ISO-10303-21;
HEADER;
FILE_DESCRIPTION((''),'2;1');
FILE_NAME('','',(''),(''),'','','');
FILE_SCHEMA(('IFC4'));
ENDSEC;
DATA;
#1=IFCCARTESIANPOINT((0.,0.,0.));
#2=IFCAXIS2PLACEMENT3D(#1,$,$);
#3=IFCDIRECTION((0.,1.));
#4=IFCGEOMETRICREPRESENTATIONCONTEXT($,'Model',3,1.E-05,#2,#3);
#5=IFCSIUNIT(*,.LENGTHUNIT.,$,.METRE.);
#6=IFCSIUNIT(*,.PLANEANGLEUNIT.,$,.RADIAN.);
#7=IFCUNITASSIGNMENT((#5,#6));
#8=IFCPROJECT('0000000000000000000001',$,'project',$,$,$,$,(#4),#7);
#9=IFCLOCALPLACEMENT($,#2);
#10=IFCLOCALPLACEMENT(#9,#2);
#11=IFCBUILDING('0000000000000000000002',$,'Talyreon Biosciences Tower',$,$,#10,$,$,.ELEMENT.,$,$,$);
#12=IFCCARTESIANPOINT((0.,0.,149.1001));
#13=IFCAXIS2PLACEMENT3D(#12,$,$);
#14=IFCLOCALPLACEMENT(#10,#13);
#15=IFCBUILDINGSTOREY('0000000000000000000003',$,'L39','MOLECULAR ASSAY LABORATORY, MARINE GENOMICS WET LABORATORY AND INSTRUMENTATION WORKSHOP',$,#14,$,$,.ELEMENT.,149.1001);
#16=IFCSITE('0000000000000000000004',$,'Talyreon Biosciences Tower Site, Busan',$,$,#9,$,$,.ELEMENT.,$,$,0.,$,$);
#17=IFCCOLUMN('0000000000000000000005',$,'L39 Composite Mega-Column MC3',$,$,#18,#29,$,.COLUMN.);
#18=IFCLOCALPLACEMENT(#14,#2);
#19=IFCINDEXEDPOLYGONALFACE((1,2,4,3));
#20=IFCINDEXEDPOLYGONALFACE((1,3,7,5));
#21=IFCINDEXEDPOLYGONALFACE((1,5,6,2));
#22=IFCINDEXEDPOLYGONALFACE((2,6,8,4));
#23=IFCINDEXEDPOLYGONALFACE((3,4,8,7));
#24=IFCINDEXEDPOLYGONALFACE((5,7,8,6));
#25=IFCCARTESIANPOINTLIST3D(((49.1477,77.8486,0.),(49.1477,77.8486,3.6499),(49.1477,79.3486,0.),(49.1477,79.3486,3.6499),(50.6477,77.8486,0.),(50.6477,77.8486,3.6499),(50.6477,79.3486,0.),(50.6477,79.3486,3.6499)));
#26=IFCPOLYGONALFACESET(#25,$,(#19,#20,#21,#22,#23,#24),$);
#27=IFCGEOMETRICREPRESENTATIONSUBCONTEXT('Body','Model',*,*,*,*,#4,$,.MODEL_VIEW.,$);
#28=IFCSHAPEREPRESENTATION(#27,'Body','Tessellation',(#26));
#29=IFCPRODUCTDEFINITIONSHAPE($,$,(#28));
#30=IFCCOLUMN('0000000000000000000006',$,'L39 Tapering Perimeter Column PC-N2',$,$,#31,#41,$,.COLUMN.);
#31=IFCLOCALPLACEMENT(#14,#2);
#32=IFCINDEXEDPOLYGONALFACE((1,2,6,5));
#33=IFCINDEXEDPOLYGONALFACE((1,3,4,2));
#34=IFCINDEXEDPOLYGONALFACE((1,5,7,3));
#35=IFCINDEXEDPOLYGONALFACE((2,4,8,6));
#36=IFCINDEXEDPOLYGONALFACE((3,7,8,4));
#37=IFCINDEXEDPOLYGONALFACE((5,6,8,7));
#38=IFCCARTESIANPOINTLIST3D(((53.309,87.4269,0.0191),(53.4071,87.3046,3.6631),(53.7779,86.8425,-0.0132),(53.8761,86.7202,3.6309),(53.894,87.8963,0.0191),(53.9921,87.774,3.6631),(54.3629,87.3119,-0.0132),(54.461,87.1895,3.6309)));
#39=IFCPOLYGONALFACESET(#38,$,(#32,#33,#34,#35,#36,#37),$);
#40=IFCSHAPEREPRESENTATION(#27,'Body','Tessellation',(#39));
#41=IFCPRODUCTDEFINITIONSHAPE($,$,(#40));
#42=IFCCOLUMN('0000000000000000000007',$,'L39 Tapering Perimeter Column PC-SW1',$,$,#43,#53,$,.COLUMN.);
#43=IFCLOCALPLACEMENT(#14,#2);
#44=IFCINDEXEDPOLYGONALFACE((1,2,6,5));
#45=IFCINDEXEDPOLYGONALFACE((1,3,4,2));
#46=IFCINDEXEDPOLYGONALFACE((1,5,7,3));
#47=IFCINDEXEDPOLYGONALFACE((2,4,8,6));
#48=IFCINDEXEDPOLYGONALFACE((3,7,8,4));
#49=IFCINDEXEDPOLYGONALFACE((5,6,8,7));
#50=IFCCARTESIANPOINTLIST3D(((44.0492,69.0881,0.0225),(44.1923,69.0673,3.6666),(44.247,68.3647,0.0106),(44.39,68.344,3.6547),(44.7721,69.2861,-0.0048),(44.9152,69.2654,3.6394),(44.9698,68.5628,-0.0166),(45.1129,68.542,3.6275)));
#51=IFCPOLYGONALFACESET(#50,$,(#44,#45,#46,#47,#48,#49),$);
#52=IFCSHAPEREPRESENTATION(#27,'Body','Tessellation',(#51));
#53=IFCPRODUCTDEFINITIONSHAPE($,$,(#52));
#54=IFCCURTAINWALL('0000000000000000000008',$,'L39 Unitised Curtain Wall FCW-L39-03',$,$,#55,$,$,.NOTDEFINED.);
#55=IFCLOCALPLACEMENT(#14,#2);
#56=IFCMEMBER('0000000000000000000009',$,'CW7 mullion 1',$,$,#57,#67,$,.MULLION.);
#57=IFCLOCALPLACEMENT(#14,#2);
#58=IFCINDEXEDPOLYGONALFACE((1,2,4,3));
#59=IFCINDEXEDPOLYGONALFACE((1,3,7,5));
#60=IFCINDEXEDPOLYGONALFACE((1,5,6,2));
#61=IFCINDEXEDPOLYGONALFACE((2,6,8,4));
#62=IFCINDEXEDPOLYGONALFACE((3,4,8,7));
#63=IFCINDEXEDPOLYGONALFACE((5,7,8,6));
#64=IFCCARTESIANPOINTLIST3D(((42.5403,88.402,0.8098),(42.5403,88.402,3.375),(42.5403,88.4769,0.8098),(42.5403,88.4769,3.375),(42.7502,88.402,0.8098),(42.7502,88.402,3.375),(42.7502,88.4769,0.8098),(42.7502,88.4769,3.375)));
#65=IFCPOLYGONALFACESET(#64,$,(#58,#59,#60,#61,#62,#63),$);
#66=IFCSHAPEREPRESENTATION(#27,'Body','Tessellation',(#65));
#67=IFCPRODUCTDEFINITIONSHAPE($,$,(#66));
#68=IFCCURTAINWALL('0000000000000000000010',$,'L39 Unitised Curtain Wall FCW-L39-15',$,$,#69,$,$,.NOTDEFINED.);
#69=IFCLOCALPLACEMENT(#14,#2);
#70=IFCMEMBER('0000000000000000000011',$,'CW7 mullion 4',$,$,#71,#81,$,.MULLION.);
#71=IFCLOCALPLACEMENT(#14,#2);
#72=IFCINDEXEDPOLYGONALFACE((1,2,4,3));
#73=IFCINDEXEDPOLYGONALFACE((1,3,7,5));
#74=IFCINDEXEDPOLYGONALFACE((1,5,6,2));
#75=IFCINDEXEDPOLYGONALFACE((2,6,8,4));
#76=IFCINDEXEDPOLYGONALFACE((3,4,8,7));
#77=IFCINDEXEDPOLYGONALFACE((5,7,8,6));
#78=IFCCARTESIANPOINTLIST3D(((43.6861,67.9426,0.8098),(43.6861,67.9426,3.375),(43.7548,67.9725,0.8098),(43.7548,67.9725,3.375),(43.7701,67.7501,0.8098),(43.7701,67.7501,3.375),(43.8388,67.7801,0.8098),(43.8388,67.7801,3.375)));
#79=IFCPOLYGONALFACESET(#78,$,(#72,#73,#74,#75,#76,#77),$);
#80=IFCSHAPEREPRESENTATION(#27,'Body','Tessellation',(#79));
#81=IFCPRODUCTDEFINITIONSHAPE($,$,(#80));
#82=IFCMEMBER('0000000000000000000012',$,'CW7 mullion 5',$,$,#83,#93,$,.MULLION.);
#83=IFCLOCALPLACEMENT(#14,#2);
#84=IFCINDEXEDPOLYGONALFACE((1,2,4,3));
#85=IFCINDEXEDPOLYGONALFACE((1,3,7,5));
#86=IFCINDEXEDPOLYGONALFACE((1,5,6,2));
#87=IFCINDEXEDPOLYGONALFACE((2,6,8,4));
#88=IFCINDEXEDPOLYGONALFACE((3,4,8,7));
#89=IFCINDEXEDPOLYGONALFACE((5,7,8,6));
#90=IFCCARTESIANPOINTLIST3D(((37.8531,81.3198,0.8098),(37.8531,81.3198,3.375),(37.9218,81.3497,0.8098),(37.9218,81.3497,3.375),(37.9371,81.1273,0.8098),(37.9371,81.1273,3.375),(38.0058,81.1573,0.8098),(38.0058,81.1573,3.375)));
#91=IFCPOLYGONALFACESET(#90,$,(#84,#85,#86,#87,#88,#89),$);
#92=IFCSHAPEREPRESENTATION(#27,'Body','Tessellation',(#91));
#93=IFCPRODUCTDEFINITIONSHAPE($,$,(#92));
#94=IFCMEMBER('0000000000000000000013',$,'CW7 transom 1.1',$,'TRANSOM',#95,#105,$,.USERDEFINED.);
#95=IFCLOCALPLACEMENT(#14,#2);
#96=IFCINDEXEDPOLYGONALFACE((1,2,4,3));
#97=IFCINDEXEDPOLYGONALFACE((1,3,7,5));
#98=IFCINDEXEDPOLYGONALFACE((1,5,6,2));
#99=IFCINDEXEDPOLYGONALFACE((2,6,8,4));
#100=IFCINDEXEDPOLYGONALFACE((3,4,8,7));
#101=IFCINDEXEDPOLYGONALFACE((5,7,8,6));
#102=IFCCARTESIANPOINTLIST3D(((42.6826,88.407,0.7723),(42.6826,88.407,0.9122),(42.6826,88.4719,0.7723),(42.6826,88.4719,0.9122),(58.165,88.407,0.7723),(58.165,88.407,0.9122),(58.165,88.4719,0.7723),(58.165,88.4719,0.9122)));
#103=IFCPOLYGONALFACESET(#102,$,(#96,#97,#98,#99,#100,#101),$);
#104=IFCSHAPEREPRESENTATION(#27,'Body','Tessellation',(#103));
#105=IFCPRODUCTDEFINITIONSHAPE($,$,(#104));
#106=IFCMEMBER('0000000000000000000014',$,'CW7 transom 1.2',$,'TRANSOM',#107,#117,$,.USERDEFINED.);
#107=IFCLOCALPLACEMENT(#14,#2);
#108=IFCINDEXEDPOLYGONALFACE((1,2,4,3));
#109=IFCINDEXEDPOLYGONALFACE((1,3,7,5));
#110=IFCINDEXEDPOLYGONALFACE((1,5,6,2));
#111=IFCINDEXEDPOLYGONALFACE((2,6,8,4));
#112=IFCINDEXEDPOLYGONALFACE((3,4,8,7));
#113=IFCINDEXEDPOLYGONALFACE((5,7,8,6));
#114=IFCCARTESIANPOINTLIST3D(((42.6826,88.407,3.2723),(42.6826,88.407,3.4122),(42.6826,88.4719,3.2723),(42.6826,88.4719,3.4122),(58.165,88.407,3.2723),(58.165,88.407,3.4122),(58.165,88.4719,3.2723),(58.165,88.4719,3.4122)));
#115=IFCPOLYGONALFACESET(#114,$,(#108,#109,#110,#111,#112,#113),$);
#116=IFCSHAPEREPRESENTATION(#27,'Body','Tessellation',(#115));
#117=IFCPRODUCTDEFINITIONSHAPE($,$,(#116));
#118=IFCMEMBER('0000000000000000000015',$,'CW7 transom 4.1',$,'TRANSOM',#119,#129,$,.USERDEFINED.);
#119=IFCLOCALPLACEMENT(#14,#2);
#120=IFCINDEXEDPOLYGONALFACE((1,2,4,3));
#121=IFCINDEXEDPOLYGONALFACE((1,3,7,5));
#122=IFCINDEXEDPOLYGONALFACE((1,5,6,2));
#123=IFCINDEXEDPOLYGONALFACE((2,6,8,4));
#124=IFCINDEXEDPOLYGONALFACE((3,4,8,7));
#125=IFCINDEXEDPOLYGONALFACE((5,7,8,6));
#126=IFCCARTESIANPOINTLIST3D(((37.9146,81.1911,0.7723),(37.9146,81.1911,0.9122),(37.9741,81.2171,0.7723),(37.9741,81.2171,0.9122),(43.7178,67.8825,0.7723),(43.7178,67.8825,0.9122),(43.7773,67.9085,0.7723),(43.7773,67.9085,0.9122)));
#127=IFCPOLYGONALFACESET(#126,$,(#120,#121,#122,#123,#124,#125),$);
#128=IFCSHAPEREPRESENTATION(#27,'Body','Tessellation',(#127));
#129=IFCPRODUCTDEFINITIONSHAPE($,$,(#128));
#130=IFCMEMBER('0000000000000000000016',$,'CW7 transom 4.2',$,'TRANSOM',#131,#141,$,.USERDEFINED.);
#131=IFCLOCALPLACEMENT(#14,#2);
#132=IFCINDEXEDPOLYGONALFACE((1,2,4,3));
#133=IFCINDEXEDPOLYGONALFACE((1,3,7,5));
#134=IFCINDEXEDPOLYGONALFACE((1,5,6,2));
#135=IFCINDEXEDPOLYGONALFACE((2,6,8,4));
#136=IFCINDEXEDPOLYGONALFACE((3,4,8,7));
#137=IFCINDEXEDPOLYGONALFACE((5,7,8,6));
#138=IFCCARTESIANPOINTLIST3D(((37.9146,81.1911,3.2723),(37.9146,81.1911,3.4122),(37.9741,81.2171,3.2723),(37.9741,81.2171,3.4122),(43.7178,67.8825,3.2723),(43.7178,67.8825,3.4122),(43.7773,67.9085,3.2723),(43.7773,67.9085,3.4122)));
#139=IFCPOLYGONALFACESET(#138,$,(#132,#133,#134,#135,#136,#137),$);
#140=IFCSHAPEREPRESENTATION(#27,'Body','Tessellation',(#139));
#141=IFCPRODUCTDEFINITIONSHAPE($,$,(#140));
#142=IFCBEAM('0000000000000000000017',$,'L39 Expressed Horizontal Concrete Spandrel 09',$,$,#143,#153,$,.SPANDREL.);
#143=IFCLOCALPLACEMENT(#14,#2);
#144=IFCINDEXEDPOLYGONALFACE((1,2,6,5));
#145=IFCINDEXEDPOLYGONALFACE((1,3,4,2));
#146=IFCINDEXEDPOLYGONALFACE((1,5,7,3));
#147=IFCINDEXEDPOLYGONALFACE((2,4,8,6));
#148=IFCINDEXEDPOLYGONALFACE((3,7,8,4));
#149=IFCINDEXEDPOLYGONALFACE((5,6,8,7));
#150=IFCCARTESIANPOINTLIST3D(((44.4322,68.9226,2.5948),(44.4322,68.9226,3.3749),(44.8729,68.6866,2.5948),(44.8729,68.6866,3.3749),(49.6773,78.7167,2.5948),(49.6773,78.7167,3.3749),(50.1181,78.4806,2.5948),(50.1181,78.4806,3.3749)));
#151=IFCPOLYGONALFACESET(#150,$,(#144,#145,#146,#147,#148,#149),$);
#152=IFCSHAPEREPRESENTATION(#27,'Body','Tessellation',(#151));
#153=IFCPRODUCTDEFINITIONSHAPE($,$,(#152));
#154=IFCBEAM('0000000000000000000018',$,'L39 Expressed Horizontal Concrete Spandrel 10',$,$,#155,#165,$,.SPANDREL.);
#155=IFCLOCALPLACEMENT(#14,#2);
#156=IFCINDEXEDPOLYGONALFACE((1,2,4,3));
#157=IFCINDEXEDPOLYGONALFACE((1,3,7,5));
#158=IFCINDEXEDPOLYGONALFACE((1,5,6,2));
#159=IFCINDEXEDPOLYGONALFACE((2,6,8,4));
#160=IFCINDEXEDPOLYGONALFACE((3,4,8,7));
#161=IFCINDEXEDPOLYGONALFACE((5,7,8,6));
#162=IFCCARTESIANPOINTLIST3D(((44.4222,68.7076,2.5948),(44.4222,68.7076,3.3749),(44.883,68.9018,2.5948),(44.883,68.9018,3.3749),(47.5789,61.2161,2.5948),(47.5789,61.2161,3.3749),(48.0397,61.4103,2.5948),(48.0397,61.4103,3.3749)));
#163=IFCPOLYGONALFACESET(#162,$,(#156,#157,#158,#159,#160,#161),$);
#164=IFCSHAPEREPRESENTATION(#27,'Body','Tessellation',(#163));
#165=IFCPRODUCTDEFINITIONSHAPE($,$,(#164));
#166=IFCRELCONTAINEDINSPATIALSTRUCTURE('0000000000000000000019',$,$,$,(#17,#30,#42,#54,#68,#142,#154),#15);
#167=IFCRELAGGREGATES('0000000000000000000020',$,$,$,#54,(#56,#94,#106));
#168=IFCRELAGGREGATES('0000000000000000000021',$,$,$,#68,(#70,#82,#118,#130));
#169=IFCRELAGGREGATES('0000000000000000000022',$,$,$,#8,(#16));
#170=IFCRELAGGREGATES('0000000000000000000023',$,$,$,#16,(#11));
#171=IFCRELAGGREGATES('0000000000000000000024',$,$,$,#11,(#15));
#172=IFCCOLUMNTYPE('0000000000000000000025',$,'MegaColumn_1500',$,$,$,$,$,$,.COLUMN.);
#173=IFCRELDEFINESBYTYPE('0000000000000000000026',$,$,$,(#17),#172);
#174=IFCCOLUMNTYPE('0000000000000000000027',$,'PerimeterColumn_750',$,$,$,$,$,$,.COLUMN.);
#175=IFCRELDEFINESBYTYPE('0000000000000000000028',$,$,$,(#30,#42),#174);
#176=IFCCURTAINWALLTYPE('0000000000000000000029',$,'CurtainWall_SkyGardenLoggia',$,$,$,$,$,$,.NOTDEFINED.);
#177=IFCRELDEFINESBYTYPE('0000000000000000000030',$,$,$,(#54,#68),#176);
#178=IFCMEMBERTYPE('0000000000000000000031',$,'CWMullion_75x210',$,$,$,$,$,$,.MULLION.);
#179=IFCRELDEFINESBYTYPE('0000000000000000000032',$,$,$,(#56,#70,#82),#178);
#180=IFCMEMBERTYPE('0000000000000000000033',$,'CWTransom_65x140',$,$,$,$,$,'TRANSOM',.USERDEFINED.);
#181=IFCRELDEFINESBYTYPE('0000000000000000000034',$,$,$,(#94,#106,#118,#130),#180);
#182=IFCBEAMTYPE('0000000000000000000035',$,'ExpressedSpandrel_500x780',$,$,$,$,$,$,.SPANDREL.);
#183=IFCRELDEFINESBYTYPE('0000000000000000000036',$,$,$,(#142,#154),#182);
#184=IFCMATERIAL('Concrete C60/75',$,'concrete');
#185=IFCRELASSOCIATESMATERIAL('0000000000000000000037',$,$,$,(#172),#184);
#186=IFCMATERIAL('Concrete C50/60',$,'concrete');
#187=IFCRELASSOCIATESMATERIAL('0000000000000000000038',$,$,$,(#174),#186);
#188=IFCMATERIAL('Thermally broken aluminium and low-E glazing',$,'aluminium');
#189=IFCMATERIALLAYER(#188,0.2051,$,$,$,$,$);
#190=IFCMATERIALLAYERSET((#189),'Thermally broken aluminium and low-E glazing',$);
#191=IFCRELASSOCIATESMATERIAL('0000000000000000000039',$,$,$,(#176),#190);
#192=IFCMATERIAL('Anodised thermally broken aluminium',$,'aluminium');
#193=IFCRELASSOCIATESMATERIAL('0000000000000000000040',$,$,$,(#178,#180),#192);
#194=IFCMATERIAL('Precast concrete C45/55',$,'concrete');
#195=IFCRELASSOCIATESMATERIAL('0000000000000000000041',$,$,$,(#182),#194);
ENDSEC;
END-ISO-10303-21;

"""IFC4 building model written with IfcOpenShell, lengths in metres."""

from ifc_helpers import new_model, si_unit, direction, frame, origin, origin_2d, place, context, subcontext, project, spatial, rectangle, extrude, material, layer, layer_set, material_profile, profile_set, type_object, element, aggregate, save


model = new_model("IFC4")

# Units and contexts
model_context = context("Model", 3, precision=1e-05, world=origin(), true_north=direction((0.0, 1.0)))
body_context = subcontext(model_context, "Body", "Model", "MODEL_VIEW")
ifc_project = project(units=[si_unit("LENGTHUNIT", "METRE"), si_unit("PLANEANGLEUNIT", "RADIAN")], contexts=[model_context])

# Site, building, storey
site_placement = place(None, origin())
site = spatial("IfcSite", under=ifc_project, at=site_placement, Name="Talyreon Biosciences Tower Site, Busan", CompositionType="ELEMENT", RefElevation=0.0)
building_placement = place(site_placement, origin())
building = spatial("IfcBuilding", under=site, at=building_placement, Name="Talyreon Biosciences Tower", CompositionType="ELEMENT")
storey_placement = place(building_placement, frame((0.0, 0.0, 149.1001)))
storey = spatial("IfcBuildingStorey", under=building, at=storey_placement, Name="L39", Description="MOLECULAR ASSAY LABORATORY, MARINE GENOMICS WET LABORATORY AND INSTRUMENTATION WORKSHOP", CompositionType="ELEMENT", Elevation=149.1001)

# Columns
ifc_material_1 = material(Name="Concrete C60/75", Category="concrete")
ifc_material_profile_1 = material_profile(ifc_material_1, rectangle(XDim=1.5, YDim=1.5, at=origin_2d()), Name="RC 1500x1500")
ifc_profile_set_1 = profile_set([ifc_material_profile_1], Name="Concrete C60/75")
column_type_1 = type_object("IfcColumnType", Name="MegaColumn_1500", PredefinedType="COLUMN", material=ifc_profile_set_1)
column_1_placement = place(storey_placement, frame((49.8977, 78.5986, 0.0), z_axis=(0.0, 0.0, 1.0), x_axis=(1.0, 0.0, 0.0)))
element("IfcColumn", 1, at=column_1_placement, inside=storey, type_object=column_type_1, Name="L39 Composite Mega-Column MC3", PredefinedType="COLUMN", context=body_context, shape_type="SweptSolid", body=[
    extrude(rectangle(XDim=1.5, YDim=1.5, at=origin_2d()), origin(), (0.0, 0.0, 1.0), 3.6499),
])
ifc_material_2 = material(Name="Concrete C50/60", Category="concrete")
ifc_material_profile_2 = material_profile(ifc_material_2, rectangle(XDim=0.75, YDim=0.75, at=origin_2d()), Name="RC 750x750")
ifc_profile_set_2 = profile_set([ifc_material_profile_2], Name="Concrete C50/60")
column_type_2 = type_object("IfcColumnType", Name="PerimeterColumn_750", PredefinedType="COLUMN", material=ifc_profile_set_2)
column_2_placement = place(storey_placement, frame((53.8359, 87.3694, 0.0029), z_axis=(0.026908, -0.033535, 0.999075), x_axis=(-0.779957, -0.625834, 0.0)))
element("IfcColumn", 2, at=column_2_placement, inside=storey, type_object=column_type_2, Name="L39 Tapering Perimeter Column PC-N2", PredefinedType="COLUMN", context=body_context, shape_type="SweptSolid", body=[
    extrude(rectangle(XDim=0.75, YDim=0.75, at=origin_2d()), origin(), (0.0, 0.0, 1.0), 3.6475),
])
column_3_placement = place(storey_placement, frame((44.5095, 68.8254, 0.0029), z_axis=(0.039229, -0.00569, 0.999214), x_axis=(0.963818, 0.264073, -0.036336)))
element("IfcColumn", 3, at=column_3_placement, inside=storey, type_object=column_type_2, Name="L39 Tapering Perimeter Column PC-SW1", PredefinedType="COLUMN", context=body_context, shape_type="SweptSolid", body=[
    extrude(rectangle(XDim=0.75, YDim=0.75, at=origin_2d()), origin(), (0.0, 0.0, 1.0), 3.647),
])

# Curtain wall, member
ifc_material_3 = material(Name="Thermally broken aluminium and low-E glazing", Category="aluminium")
ifc_layer_1 = layer(ifc_material_3, 0.2051)
ifc_layer_set_1 = layer_set([ifc_layer_1], Name="Thermally broken aluminium and low-E glazing")
curtain_wall_type = type_object("IfcCurtainWallType", Name="CurtainWall_SkyGardenLoggia", PredefinedType="NOTDEFINED", material=ifc_layer_set_1)
curtain_wall_1_placement = place(storey_placement, origin())
curtain_wall_1 = element("IfcCurtainWall", 4, at=curtain_wall_1_placement, inside=storey, type_object=curtain_wall_type, Name="L39 Unitised Curtain Wall FCW-L39-03", PredefinedType="NOTDEFINED")
ifc_material_4 = material(Name="Anodised thermally broken aluminium", Category="aluminium")
ifc_material_profile_3 = material_profile(ifc_material_4, rectangle(XDim=0.075, YDim=0.21, at=origin_2d()), Name="ALUM MULLION 75x210")
ifc_profile_set_3 = profile_set([ifc_material_profile_3], Name="Anodised thermally broken aluminium")
member_type_1 = type_object("IfcMemberType", Name="CWMullion_75x210", PredefinedType="MULLION", material=ifc_profile_set_3)
member_1_placement = place(storey_placement, frame((42.6453, 88.4395, 0.8098), z_axis=(0.0, 0.0, 1.0), x_axis=(0.0, 1.0, 0.0)))
member_1 = element("IfcMember", 5, at=member_1_placement, type_object=member_type_1, Name="CW7 mullion 1", PredefinedType="MULLION", context=body_context, shape_type="SweptSolid", body=[
    extrude(rectangle(XDim=0.075, YDim=0.21, at=origin_2d()), origin(), (0.0, 0.0, 1.0), 2.5652),
])

# Curtain wall, members
curtain_wall_2_placement = place(storey_placement, origin())
curtain_wall_2 = element("IfcCurtainWall", 6, at=curtain_wall_2_placement, inside=storey, type_object=curtain_wall_type, Name="L39 Unitised Curtain Wall FCW-L39-15", PredefinedType="NOTDEFINED")
member_2_placement = place(storey_placement, frame((43.7625, 67.8613, 0.8098), z_axis=(0.0, 0.0, 1.0), x_axis=(-0.916647, -0.399698, 0.0)))
member_2 = element("IfcMember", 7, at=member_2_placement, type_object=member_type_1, Name="CW7 mullion 4", PredefinedType="MULLION", context=body_context, shape_type="SweptSolid", body=[
    extrude(rectangle(XDim=0.075, YDim=0.21, at=origin_2d()), origin(), (0.0, 0.0, 1.0), 2.5652),
])
member_3_placement = place(storey_placement, frame((37.9294, 81.2385, 0.8098), z_axis=(0.0, 0.0, 1.0), x_axis=(-0.916647, -0.399698, 0.0)))
member_3 = element("IfcMember", 8, at=member_3_placement, type_object=member_type_1, Name="CW7 mullion 5", PredefinedType="MULLION", context=body_context, shape_type="SweptSolid", body=[
    extrude(rectangle(XDim=0.075, YDim=0.21, at=origin_2d()), origin(), (0.0, 0.0, 1.0), 2.5652),
])

# Members
ifc_material_profile_4 = material_profile(ifc_material_4, rectangle(XDim=0.0649, YDim=0.1399, at=origin_2d()), Name="ALUM TRANSOM 65x140")
ifc_profile_set_4 = profile_set([ifc_material_profile_4], Name="Anodised thermally broken aluminium")
member_type_2 = type_object("IfcMemberType", Name="CWTransom_65x140", ElementType="TRANSOM", PredefinedType="USERDEFINED", material=ifc_profile_set_4)
member_4_placement = place(storey_placement, frame((42.6826, 88.4395, 0.8423), z_axis=(1.0, 0.0, 0.0), x_axis=(0.0, 1.0, 0.0)))
member_4 = element("IfcMember", 9, at=member_4_placement, type_object=member_type_2, Name="CW7 transom 1.1", ObjectType="TRANSOM", PredefinedType="USERDEFINED", context=body_context, shape_type="SweptSolid", body=[
    extrude(rectangle(XDim=0.0649, YDim=0.1399, at=origin_2d()), origin(), (0.0, 0.0, 1.0), 15.4824),
])
member_5_placement = place(storey_placement, frame((42.6826, 88.4395, 3.3423), z_axis=(1.0, 0.0, 0.0), x_axis=(0.0, 1.0, 0.0)))
member_5 = element("IfcMember", 10, at=member_5_placement, type_object=member_type_2, Name="CW7 transom 1.2", ObjectType="TRANSOM", PredefinedType="USERDEFINED", context=body_context, shape_type="SweptSolid", body=[
    extrude(rectangle(XDim=0.0649, YDim=0.1399, at=origin_2d()), origin(), (0.0, 0.0, 1.0), 15.4824),
])
member_6_placement = place(storey_placement, frame((43.7476, 67.8955, 0.8423), z_axis=(-0.399704, 0.916644, 0.0), x_axis=(-0.916644, -0.399704, 0.0)))
member_6 = element("IfcMember", 11, at=member_6_placement, type_object=member_type_2, Name="CW7 transom 4.1", ObjectType="TRANSOM", PredefinedType="USERDEFINED", context=body_context, shape_type="SweptSolid", body=[
    extrude(rectangle(XDim=0.0649, YDim=0.1399, at=origin_2d()), origin(), (0.0, 0.0, 1.0), 14.5188),
])
member_7_placement = place(storey_placement, frame((43.7476, 67.8955, 3.3423), z_axis=(-0.399704, 0.916644, 0.0), x_axis=(-0.916644, -0.399704, 0.0)))
member_7 = element("IfcMember", 12, at=member_7_placement, type_object=member_type_2, Name="CW7 transom 4.2", ObjectType="TRANSOM", PredefinedType="USERDEFINED", context=body_context, shape_type="SweptSolid", body=[
    extrude(rectangle(XDim=0.0649, YDim=0.1399, at=origin_2d()), origin(), (0.0, 0.0, 1.0), 14.5188),
])

# Beams
ifc_material_5 = material(Name="Precast concrete C45/55", Category="concrete")
ifc_material_profile_5 = material_profile(ifc_material_5, rectangle(XDim=0.5, YDim=0.78, at=origin_2d()), Name="RCB 500x780")
ifc_profile_set_5 = profile_set([ifc_material_profile_5], Name="Precast concrete C45/55")
beam_type_1 = type_object("IfcBeamType", Name="ExpressedSpandrel_500x780", PredefinedType="SPANDREL", material=ifc_profile_set_5)
beam_1_placement = place(storey_placement, frame((49.8977, 78.5986, 2.9849), z_axis=(-0.472107, -0.881541, 0.0), x_axis=(0.881541, -0.472107, 0.0)))
element("IfcBeam", 13, at=beam_1_placement, inside=storey, type_object=beam_type_1, Name="L39 Expressed Horizontal Concrete Spandrel 09", PredefinedType="SPANDREL", context=body_context, shape_type="SweptSolid", body=[
    extrude(rectangle(XDim=0.5, YDim=0.78, at=origin_2d()), origin(), (0.0, 0.0, 1.0), 11.1101),
])
beam_2_placement = place(storey_placement, frame((44.6526, 68.8047, 2.9849), z_axis=(0.388312, -0.921528, 0.0), x_axis=(0.921528, 0.388312, 0.0)))
element("IfcBeam", 14, at=beam_2_placement, inside=storey, type_object=beam_type_1, Name="L39 Expressed Horizontal Concrete Spandrel 10", PredefinedType="SPANDREL", context=body_context, shape_type="SweptSolid", body=[
    extrude(rectangle(XDim=0.5, YDim=0.78, at=origin_2d()), origin(), (0.0, 0.0, 1.0), 8.1294),
])

aggregate(curtain_wall_1, [member_1, member_4, member_5])
aggregate(curtain_wall_2, [member_2, member_3, member_6, member_7])

save(model, "model.ifc")
